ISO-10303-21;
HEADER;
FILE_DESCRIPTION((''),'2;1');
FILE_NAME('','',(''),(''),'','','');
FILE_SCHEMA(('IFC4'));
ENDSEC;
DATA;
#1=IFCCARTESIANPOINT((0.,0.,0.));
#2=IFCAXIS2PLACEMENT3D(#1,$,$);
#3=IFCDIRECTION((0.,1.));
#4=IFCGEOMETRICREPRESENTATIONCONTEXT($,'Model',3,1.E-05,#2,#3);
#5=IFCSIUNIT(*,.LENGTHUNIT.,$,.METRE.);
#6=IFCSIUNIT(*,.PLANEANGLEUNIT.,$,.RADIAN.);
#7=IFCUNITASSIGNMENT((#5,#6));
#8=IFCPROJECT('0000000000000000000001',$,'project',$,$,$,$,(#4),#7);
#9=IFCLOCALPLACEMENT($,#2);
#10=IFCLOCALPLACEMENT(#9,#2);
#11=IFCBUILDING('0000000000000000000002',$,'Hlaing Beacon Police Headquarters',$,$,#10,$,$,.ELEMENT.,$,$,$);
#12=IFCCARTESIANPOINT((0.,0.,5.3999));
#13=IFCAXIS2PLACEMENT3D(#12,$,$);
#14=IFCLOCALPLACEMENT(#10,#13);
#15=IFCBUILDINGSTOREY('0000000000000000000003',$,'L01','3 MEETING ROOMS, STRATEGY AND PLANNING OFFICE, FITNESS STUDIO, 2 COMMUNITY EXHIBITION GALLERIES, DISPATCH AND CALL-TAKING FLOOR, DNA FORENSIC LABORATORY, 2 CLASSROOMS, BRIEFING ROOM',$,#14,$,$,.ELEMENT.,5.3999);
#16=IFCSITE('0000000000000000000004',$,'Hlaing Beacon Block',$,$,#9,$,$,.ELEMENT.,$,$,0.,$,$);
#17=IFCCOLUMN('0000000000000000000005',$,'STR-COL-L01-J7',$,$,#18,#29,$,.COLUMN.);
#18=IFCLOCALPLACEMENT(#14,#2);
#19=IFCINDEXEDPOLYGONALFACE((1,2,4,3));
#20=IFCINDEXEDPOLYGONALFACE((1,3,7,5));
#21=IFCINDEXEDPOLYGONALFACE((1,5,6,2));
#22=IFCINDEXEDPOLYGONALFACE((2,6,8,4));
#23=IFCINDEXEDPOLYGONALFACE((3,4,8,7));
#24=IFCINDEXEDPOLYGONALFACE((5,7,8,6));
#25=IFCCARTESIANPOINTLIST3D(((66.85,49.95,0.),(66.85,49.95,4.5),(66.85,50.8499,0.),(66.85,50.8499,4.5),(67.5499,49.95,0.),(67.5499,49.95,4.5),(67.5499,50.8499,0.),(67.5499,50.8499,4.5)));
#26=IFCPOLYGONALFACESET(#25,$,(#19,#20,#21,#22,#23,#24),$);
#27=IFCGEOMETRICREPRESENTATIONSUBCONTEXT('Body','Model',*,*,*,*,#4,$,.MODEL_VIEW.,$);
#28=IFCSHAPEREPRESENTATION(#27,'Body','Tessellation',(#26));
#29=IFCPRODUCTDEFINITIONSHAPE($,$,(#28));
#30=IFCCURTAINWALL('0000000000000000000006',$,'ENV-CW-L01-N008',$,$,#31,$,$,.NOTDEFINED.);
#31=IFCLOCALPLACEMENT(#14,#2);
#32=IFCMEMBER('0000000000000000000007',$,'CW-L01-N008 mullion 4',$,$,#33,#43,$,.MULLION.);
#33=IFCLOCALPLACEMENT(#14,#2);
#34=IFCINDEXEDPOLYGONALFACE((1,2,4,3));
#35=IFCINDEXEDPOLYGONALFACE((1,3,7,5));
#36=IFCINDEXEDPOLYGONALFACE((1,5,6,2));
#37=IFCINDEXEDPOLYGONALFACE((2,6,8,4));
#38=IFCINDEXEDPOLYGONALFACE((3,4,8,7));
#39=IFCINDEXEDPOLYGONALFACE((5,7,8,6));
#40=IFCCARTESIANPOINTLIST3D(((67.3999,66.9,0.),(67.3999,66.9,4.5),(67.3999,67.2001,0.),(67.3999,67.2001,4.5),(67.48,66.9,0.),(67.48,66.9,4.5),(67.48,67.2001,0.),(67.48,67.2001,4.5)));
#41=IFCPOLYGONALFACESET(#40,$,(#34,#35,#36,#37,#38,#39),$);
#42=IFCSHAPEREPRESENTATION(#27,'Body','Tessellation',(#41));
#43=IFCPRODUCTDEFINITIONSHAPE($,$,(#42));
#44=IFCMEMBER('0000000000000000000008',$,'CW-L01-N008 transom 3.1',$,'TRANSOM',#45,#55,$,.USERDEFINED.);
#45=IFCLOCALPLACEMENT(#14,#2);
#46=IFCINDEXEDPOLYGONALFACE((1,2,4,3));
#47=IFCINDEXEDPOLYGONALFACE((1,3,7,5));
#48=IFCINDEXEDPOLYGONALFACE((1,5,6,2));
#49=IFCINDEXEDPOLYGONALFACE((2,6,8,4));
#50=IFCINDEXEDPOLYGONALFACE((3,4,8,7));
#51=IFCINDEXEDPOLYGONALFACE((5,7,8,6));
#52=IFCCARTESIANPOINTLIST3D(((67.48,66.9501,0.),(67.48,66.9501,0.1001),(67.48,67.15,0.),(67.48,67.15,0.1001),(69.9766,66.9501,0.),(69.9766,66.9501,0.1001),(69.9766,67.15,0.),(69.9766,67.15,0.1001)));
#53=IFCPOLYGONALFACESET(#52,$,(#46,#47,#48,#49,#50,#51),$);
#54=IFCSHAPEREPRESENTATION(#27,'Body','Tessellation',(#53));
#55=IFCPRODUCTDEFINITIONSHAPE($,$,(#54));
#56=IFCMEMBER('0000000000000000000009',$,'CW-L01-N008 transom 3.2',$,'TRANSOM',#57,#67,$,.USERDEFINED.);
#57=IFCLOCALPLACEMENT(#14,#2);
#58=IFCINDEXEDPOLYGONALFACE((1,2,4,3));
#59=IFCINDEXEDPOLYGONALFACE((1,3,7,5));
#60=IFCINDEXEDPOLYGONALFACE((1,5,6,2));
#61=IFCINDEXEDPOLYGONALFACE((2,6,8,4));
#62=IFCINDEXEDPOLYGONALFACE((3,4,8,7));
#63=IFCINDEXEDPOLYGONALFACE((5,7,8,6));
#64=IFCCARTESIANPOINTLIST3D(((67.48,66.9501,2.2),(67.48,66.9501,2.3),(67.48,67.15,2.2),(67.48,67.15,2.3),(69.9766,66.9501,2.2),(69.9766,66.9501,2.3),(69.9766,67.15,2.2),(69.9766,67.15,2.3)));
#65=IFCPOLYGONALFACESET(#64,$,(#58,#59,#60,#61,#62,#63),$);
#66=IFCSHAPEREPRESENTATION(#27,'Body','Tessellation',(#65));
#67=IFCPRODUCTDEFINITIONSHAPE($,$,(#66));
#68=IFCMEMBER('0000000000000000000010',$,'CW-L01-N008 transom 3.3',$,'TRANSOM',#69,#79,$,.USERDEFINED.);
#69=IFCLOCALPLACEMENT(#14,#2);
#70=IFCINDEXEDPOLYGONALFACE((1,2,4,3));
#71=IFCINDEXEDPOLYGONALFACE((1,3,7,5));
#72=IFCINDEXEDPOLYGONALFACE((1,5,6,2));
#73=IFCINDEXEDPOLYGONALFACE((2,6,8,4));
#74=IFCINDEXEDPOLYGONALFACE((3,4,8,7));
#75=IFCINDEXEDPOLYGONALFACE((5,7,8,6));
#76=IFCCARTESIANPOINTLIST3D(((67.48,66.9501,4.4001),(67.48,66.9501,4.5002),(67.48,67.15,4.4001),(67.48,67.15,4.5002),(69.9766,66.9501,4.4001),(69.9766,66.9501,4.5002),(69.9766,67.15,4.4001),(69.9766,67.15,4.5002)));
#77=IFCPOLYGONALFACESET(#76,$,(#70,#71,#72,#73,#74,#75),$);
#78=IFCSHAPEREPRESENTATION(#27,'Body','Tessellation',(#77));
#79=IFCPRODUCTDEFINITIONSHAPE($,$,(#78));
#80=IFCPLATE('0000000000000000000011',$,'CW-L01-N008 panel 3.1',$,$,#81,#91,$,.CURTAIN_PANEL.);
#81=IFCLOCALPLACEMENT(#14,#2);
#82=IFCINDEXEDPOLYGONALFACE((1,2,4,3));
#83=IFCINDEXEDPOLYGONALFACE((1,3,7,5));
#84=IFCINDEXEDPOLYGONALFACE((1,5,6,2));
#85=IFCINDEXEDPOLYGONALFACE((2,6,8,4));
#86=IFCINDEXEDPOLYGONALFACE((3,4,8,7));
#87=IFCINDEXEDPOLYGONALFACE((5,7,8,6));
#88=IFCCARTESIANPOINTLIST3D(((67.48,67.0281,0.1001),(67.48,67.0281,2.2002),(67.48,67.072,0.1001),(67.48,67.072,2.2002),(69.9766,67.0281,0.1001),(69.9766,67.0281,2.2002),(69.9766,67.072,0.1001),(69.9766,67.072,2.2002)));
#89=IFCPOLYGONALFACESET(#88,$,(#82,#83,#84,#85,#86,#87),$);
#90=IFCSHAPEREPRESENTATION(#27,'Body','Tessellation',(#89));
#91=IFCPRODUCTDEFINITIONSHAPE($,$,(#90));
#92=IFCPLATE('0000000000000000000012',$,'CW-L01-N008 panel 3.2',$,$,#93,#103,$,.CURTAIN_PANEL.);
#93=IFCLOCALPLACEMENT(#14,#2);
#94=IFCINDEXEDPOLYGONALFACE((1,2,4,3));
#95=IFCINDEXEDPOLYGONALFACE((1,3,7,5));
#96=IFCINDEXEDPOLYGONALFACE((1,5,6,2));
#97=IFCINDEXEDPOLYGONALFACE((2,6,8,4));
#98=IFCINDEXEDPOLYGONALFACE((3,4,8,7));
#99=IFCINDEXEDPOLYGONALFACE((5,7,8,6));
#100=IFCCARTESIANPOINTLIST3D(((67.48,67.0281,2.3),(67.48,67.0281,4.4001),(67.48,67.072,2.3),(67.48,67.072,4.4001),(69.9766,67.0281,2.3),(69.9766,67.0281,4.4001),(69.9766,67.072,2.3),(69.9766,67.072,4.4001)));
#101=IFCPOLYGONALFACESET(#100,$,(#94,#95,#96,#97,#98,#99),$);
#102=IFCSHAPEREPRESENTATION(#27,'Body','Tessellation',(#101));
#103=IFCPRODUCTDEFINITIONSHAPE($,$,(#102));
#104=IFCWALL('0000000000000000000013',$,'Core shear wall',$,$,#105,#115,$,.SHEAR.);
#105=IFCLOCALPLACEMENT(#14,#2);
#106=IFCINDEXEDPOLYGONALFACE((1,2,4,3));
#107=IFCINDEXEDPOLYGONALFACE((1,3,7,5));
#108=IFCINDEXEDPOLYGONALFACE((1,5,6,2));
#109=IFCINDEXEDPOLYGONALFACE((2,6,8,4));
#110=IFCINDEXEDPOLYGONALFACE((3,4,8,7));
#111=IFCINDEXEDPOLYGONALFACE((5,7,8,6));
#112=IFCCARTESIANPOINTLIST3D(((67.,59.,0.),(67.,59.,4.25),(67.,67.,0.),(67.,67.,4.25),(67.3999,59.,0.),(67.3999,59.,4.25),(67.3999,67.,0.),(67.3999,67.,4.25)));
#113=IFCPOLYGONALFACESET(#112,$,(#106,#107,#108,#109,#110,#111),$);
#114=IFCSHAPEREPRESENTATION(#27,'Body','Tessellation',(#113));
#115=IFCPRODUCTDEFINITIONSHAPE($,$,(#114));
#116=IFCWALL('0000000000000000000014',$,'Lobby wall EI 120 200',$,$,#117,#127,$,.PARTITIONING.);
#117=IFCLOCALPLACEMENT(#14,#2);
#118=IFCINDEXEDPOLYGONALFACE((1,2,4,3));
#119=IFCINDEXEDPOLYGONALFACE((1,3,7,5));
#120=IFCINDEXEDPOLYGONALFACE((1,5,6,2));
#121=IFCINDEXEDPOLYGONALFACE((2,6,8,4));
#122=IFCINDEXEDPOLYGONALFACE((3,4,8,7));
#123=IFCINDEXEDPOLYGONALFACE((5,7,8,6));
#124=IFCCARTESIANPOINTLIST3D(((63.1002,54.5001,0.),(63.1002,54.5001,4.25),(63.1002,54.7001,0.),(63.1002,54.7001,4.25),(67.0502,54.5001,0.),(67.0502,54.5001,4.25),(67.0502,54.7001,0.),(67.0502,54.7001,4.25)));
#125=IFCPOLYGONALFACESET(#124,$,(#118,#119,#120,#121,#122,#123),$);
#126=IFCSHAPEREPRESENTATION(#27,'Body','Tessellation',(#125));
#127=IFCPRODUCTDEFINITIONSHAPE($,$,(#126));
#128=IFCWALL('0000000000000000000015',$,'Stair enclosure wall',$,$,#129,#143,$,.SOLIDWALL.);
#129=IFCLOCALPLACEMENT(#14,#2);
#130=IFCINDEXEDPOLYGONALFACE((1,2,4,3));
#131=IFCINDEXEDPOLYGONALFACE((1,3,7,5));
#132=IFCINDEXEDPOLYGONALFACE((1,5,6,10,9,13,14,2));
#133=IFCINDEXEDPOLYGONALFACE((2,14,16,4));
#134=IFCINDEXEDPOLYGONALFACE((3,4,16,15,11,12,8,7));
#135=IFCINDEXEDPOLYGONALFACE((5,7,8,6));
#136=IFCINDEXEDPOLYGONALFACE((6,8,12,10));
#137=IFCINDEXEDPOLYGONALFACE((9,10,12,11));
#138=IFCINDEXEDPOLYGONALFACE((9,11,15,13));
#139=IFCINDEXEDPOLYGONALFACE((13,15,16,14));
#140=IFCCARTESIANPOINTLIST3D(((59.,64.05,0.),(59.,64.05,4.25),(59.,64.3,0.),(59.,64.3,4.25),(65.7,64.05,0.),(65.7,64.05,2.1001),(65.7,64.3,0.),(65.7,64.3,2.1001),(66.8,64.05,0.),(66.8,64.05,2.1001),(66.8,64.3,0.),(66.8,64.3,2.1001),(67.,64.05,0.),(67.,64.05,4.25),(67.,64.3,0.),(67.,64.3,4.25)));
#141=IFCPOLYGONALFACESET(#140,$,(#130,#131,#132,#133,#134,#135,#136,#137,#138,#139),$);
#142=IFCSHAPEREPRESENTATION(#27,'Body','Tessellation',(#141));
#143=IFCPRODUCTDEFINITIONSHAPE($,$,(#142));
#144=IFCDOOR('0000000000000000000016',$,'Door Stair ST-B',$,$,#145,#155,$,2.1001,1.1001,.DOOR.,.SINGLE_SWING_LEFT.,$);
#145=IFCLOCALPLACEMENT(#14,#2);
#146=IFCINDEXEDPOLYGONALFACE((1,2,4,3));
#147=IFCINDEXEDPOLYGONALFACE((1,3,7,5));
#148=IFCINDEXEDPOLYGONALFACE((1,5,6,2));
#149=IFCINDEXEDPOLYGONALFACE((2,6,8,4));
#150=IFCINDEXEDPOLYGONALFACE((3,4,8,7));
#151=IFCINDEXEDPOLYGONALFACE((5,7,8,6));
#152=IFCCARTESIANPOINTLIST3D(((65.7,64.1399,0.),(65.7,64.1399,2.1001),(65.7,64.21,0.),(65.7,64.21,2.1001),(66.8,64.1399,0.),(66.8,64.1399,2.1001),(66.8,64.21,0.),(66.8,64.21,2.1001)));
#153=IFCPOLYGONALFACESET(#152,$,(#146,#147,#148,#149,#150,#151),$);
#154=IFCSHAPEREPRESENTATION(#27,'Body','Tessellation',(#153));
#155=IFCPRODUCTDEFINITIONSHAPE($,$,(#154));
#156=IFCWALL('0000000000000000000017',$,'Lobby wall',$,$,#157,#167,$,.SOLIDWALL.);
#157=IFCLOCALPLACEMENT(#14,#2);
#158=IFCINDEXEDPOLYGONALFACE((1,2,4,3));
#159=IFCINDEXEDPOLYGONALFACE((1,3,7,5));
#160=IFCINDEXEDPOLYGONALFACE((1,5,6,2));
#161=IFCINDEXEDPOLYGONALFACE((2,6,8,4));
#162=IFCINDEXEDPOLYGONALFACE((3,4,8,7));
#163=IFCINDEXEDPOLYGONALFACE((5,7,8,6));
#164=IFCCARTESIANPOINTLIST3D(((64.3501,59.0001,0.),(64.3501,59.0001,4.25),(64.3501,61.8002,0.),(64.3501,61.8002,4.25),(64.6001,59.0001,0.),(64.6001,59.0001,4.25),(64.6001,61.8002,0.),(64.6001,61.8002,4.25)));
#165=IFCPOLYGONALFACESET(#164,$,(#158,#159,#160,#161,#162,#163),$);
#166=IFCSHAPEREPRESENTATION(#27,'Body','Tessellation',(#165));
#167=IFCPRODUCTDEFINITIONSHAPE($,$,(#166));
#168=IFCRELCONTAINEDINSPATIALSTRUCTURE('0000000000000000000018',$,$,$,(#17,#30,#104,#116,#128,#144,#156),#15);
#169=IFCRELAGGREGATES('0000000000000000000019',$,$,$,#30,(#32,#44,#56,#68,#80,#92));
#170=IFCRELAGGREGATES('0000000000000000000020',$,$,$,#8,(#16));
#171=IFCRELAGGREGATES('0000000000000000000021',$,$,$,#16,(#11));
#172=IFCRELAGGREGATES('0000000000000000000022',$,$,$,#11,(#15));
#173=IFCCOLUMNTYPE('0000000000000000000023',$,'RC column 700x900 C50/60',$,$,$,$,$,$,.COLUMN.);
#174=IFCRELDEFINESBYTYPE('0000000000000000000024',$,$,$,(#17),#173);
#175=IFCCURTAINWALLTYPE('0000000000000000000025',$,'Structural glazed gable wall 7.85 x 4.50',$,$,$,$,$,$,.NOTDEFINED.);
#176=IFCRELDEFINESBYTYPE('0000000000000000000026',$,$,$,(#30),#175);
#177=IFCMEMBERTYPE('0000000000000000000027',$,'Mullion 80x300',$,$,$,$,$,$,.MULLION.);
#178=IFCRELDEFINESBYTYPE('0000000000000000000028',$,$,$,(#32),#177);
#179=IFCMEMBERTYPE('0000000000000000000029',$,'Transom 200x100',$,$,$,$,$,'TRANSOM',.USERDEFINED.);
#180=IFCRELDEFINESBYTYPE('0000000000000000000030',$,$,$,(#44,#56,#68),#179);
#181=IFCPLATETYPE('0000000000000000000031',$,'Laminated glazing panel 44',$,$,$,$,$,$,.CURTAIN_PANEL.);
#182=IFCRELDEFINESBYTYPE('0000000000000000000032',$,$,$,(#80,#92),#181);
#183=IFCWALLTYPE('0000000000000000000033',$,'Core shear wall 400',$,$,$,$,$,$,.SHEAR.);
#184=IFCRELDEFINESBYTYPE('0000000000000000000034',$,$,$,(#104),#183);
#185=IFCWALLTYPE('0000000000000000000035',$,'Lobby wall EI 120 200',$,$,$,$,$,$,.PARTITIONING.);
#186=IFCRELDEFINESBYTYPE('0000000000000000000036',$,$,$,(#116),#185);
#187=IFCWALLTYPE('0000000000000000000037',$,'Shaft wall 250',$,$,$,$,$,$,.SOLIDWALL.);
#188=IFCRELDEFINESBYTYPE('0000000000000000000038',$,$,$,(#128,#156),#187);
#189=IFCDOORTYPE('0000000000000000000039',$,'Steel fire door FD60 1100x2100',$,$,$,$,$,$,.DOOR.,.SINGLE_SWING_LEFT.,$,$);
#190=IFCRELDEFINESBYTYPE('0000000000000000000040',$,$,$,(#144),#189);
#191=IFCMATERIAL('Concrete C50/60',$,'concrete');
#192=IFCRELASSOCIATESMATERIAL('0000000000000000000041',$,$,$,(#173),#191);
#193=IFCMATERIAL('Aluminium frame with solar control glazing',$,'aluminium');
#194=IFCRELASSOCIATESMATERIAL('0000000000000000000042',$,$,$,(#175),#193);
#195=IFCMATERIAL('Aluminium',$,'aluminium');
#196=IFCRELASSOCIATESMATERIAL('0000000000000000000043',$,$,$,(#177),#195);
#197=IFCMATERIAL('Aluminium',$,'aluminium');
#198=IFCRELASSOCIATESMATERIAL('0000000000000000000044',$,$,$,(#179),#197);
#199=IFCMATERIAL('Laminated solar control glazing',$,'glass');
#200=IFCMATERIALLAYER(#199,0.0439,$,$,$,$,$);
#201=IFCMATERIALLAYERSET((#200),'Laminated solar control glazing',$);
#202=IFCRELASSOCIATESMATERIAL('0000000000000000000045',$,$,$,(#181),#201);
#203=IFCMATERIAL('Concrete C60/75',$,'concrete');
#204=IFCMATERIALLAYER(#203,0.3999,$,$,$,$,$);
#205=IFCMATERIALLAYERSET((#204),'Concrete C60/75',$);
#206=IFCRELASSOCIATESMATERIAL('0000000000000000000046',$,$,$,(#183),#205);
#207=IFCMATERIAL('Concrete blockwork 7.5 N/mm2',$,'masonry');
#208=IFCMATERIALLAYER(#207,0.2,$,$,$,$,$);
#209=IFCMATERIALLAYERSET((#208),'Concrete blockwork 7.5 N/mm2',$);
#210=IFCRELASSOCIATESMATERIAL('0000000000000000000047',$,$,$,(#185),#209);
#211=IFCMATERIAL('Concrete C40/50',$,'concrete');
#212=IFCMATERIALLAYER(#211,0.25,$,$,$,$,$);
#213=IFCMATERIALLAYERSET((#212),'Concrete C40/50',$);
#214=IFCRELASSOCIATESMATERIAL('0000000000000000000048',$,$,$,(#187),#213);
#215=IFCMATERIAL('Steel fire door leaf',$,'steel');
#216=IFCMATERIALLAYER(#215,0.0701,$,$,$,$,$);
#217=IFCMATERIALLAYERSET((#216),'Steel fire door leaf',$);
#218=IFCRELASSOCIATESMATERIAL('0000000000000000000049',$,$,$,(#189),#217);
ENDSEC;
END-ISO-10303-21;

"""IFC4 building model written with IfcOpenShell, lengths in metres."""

from ifc_helpers import new_model, si_unit, direction, frame, frame_2d, origin, origin_2d, place, context, subcontext, project, spatial, rectangle, extrude, material, layer, layer_set, material_profile, profile_set, type_object, element, fill, aggregate, save


model = new_model("IFC4")

# Units and contexts
model_context = context("Model", 3, precision=1e-05, world=origin(), true_north=direction((0.0, 1.0)))
body_context = subcontext(model_context, "Body", "Model", "MODEL_VIEW")
ifc_project = project(units=[si_unit("LENGTHUNIT", "METRE"), si_unit("PLANEANGLEUNIT", "RADIAN")], contexts=[model_context])

# Site, building, storey
site_placement = place(None, origin())
site = spatial("IfcSite", under=ifc_project, at=site_placement, Name="Hlaing Beacon Block", CompositionType="ELEMENT", RefElevation=0.0)
building_placement = place(site_placement, origin())
building = spatial("IfcBuilding", under=site, at=building_placement, Name="Hlaing Beacon Police Headquarters", CompositionType="ELEMENT")
storey_placement = place(building_placement, frame((0.0, 0.0, 5.3999)))
storey = spatial("IfcBuildingStorey", under=building, at=storey_placement, Name="L01", Description="3 MEETING ROOMS, STRATEGY AND PLANNING OFFICE, FITNESS STUDIO, 2 COMMUNITY EXHIBITION GALLERIES, DISPATCH AND CALL-TAKING FLOOR, DNA FORENSIC LABORATORY, 2 CLASSROOMS, BRIEFING ROOM", CompositionType="ELEMENT", Elevation=5.3999)

# Column
ifc_material_1 = material(Name="Concrete C50/60", Category="concrete")
ifc_material_profile_1 = material_profile(ifc_material_1, rectangle(XDim=0.7, YDim=0.8999, at=origin_2d()), Name="700x900")
ifc_profile_set_1 = profile_set([ifc_material_profile_1], Name="Concrete C50/60")
column_type = type_object("IfcColumnType", Name="RC column 700x900 C50/60", PredefinedType="COLUMN", material=ifc_profile_set_1)
column_placement = place(storey_placement, frame((67.2, 50.3999, 0.0), z_axis=(0.0, 0.0, 1.0), x_axis=(1.0, 0.0, 0.0)))
element("IfcColumn", 1, at=column_placement, inside=storey, type_object=column_type, Name="STR-COL-L01-J7", PredefinedType="COLUMN", context=body_context, shape_type="SweptSolid", body=[
    extrude(rectangle(XDim=0.7, YDim=0.8999, at=origin_2d()), origin(), (0.0, 0.0, 1.0), 4.5),
])

# Curtain wall, members, plates
ifc_material_2 = material(Name="Aluminium frame with solar control glazing", Category="aluminium")
curtain_wall_type = type_object("IfcCurtainWallType", Name="Structural glazed gable wall 7.85 x 4.50", PredefinedType="NOTDEFINED", material=ifc_material_2)
curtain_wall_placement = place(storey_placement, origin())
curtain_wall = element("IfcCurtainWall", 2, at=curtain_wall_placement, inside=storey, type_object=curtain_wall_type, Name="ENV-CW-L01-N008", PredefinedType="NOTDEFINED")
ifc_material_3 = material(Name="Aluminium", Category="aluminium")
ifc_material_profile_2 = material_profile(ifc_material_3, rectangle(XDim=0.3, YDim=0.0801, at=origin_2d()), Name="Mullion 80x300")
ifc_profile_set_2 = profile_set([ifc_material_profile_2], Name="Aluminium")
member_type_1 = type_object("IfcMemberType", Name="Mullion 80x300", PredefinedType="MULLION", material=ifc_profile_set_2)
member_1_placement = place(storey_placement, frame((67.4399, 67.05, 0.0), z_axis=(0.0, 0.0, 1.0), x_axis=(0.0, -1.0, 0.0)))
member_1 = element("IfcMember", 3, at=member_1_placement, type_object=member_type_1, Name="CW-L01-N008 mullion 4", PredefinedType="MULLION", context=body_context, shape_type="SweptSolid", body=[
    extrude(rectangle(XDim=0.3, YDim=0.0801, at=origin_2d()), origin(), (0.0, 0.0, 1.0), 4.5),
])
ifc_material_4 = material(Name="Aluminium", Category="aluminium")
ifc_material_profile_3 = material_profile(ifc_material_4, rectangle(XDim=0.2, YDim=0.1001, at=origin_2d()), Name="Transom 200x100")
ifc_profile_set_3 = profile_set([ifc_material_profile_3], Name="Aluminium")
member_type_2 = type_object("IfcMemberType", Name="Transom 200x100", ElementType="TRANSOM", PredefinedType="USERDEFINED", material=ifc_profile_set_3)
member_2_placement = place(storey_placement, frame((69.9766, 67.05, 0.05), z_axis=(-1.0, 0.0, 0.0), x_axis=(0.0, -1.0, 0.0)))
member_2 = element("IfcMember", 4, at=member_2_placement, type_object=member_type_2, Name="CW-L01-N008 transom 3.1", ObjectType="TRANSOM", PredefinedType="USERDEFINED", context=body_context, shape_type="SweptSolid", body=[
    extrude(rectangle(XDim=0.2, YDim=0.1001, at=origin_2d()), origin(), (0.0, 0.0, 1.0), 2.4966),
])
member_3_placement = place(storey_placement, frame((69.9766, 67.05, 2.25), z_axis=(-1.0, 0.0, 0.0), x_axis=(0.0, -1.0, 0.0)))
member_3 = element("IfcMember", 5, at=member_3_placement, type_object=member_type_2, Name="CW-L01-N008 transom 3.2", ObjectType="TRANSOM", PredefinedType="USERDEFINED", context=body_context, shape_type="SweptSolid", body=[
    extrude(rectangle(XDim=0.2, YDim=0.1001, at=origin_2d()), origin(), (0.0, 0.0, 1.0), 2.4966),
])
member_4_placement = place(storey_placement, frame((69.9766, 67.05, 4.4502), z_axis=(-1.0, 0.0, 0.0), x_axis=(0.0, -1.0, 0.0)))
member_4 = element("IfcMember", 6, at=member_4_placement, type_object=member_type_2, Name="CW-L01-N008 transom 3.3", ObjectType="TRANSOM", PredefinedType="USERDEFINED", context=body_context, shape_type="SweptSolid", body=[
    extrude(rectangle(XDim=0.2, YDim=0.1001, at=origin_2d()), origin(), (0.0, 0.0, 1.0), 2.4966),
])
ifc_material_5 = material(Name="Laminated solar control glazing", Category="glass")
ifc_layer_1 = layer(ifc_material_5, 0.0439)
ifc_layer_set_1 = layer_set([ifc_layer_1], Name="Laminated solar control glazing")
plate_type = type_object("IfcPlateType", Name="Laminated glazing panel 44", PredefinedType="CURTAIN_PANEL", material=ifc_layer_set_1)
plate_1_placement = place(storey_placement, frame((68.7283, 67.05, 0.1001), z_axis=(0.0, 0.0, 1.0), x_axis=(-1.0, 0.0, 0.0)))
plate_1 = element("IfcPlate", 7, at=plate_1_placement, type_object=plate_type, Name="CW-L01-N008 panel 3.1", PredefinedType="CURTAIN_PANEL", context=body_context, shape_type="SweptSolid", body=[
    extrude(rectangle(XDim=2.4966, YDim=0.0439, at=origin_2d()), origin(), (0.0, 0.0, 1.0), 2.1001),
])
plate_2_placement = place(storey_placement, frame((68.7283, 67.05, 2.3), z_axis=(0.0, 0.0, 1.0), x_axis=(-1.0, 0.0, 0.0)))
plate_2 = element("IfcPlate", 8, at=plate_2_placement, type_object=plate_type, Name="CW-L01-N008 panel 3.2", PredefinedType="CURTAIN_PANEL", context=body_context, shape_type="SweptSolid", body=[
    extrude(rectangle(XDim=2.4966, YDim=0.0439, at=origin_2d()), origin(), (0.0, 0.0, 1.0), 2.1001),
])
aggregate(curtain_wall, [member_1, member_2, member_3, member_4, plate_1, plate_2])

# Wall
ifc_material_6 = material(Name="Concrete C60/75", Category="concrete")
ifc_layer_2 = layer(ifc_material_6, 0.3999)
ifc_layer_set_2 = layer_set([ifc_layer_2], Name="Concrete C60/75")
wall_type_1 = type_object("IfcWallType", Name="Core shear wall 400", PredefinedType="SHEAR", material=ifc_layer_set_2)
wall_1_placement = place(storey_placement, frame((67.2, 59.0, 0.0), z_axis=(0.0, 0.0, 1.0), x_axis=(0.0, 1.0, 0.0)))
element("IfcWall", 9, at=wall_1_placement, inside=storey, type_object=wall_type_1, Name="Core shear wall", PredefinedType="SHEAR", context=body_context, shape_type="SweptSolid", body=[
    extrude(rectangle(XDim=8.0, YDim=0.3999, at=frame_2d((4.0, 0.0))), origin(), (0.0, 0.0, 1.0), 4.25),
])

# Shared definitions
ifc_material_7 = material(Name="Concrete blockwork 7.5 N/mm2", Category="masonry")
ifc_layer_3 = layer(ifc_material_7, 0.2)
ifc_layer_set_3 = layer_set([ifc_layer_3], Name="Concrete blockwork 7.5 N/mm2")
wall_type_2 = type_object("IfcWallType", Name="Lobby wall EI 120 200", PredefinedType="PARTITIONING", material=ifc_layer_set_3)

# Wall
wall_2_placement = place(storey_placement, frame((63.1001, 54.6001, 0.0), z_axis=(0.0, 0.0, 1.0), x_axis=(1.0, 0.0, 0.0)))
element("IfcWall", 10, at=wall_2_placement, inside=storey, type_object=wall_type_2, Name="Lobby wall EI 120 200", PredefinedType="PARTITIONING", context=body_context, shape_type="SweptSolid", body=[
    extrude(rectangle(XDim=3.95, YDim=0.2, at=frame_2d((1.9751, 0.0))), origin(), (0.0, 0.0, 1.0), 4.25),
])

# Wall, opening, door
ifc_material_8 = material(Name="Concrete C40/50", Category="concrete")
ifc_layer_4 = layer(ifc_material_8, 0.25)
ifc_layer_set_4 = layer_set([ifc_layer_4], Name="Concrete C40/50")
wall_type_3 = type_object("IfcWallType", Name="Shaft wall 250", PredefinedType="SOLIDWALL", material=ifc_layer_set_4)
wall_3_placement = place(storey_placement, frame((67.0, 64.175, 0.0), z_axis=(0.0, 0.0, 1.0), x_axis=(-1.0, 0.0, 0.0)))
wall_3 = element("IfcWall", 11, at=wall_3_placement, inside=storey, type_object=wall_type_3, Name="Stair enclosure wall", PredefinedType="SOLIDWALL", context=body_context, shape_type="SweptSolid", body=[
    extrude(rectangle(XDim=8.0, YDim=0.25, at=frame_2d((4.0, 0.0))), origin(), (0.0, 0.0, 1.0), 4.25),
])
opening_1_placement = place(wall_3_placement, frame((0.2, 0.0, 0.0)))
opening_1 = element("IfcOpeningElement", 12, at=opening_1_placement, cuts=wall_3, PredefinedType="OPENING", context=body_context, shape_type="SweptSolid", body=[
    extrude(rectangle(XDim=1.1001, YDim=2.1001, at=frame_2d((0.55, 1.05))), frame((0.0, 0.135, 0.0), z_axis=(0.0, -1.0, 0.0), x_axis=(1.0, 0.0, 0.0)), (0.0, 0.0, 1.0), 0.27),
])
ifc_material_9 = material(Name="Steel fire door leaf", Category="steel")
ifc_layer_5 = layer(ifc_material_9, 0.0701)
ifc_layer_set_5 = layer_set([ifc_layer_5], Name="Steel fire door leaf")
door_type_1 = type_object("IfcDoorType", Name="Steel fire door FD60 1100x2100", OperationType="SINGLE_SWING_LEFT", PredefinedType="DOOR", material=ifc_layer_set_5)
door_1_placement = place(opening_1_placement, frame((1.1001, 0.0, 0.0), z_axis=(0.0, 0.0, 1.0), x_axis=(-1.0, 0.0, 0.0)))
door_1 = element("IfcDoor", 13, at=door_1_placement, inside=storey, type_object=door_type_1, Name="Door Stair ST-B", OperationType="SINGLE_SWING_LEFT", OverallHeight=2.1001, OverallWidth=1.1001, PredefinedType="DOOR", context=body_context, shape_type="SweptSolid", body=[
    extrude(rectangle(XDim=1.1001, YDim=2.1001, at=frame_2d((0.55, 1.05))), frame((0.0, 0.0349, 0.0), z_axis=(0.0, -1.0, 0.0), x_axis=(1.0, 0.0, 0.0)), (0.0, 0.0, 1.0), 0.0701),
])
fill(opening_1, door_1)

# Wall
wall_4_placement = place(storey_placement, frame((64.4751, 61.8, 0.0), z_axis=(0.0, 0.0, 1.0), x_axis=(0.0, -1.0, 0.0)))
element("IfcWall", 14, at=wall_4_placement, inside=storey, type_object=wall_type_3, Name="Lobby wall", PredefinedType="SOLIDWALL", context=body_context, shape_type="SweptSolid", body=[
    extrude(rectangle(XDim=2.8, YDim=0.25, at=frame_2d((1.3999, 0.0))), origin(), (0.0, 0.0, 1.0), 4.25),
])

save(model, "model.ifc")
